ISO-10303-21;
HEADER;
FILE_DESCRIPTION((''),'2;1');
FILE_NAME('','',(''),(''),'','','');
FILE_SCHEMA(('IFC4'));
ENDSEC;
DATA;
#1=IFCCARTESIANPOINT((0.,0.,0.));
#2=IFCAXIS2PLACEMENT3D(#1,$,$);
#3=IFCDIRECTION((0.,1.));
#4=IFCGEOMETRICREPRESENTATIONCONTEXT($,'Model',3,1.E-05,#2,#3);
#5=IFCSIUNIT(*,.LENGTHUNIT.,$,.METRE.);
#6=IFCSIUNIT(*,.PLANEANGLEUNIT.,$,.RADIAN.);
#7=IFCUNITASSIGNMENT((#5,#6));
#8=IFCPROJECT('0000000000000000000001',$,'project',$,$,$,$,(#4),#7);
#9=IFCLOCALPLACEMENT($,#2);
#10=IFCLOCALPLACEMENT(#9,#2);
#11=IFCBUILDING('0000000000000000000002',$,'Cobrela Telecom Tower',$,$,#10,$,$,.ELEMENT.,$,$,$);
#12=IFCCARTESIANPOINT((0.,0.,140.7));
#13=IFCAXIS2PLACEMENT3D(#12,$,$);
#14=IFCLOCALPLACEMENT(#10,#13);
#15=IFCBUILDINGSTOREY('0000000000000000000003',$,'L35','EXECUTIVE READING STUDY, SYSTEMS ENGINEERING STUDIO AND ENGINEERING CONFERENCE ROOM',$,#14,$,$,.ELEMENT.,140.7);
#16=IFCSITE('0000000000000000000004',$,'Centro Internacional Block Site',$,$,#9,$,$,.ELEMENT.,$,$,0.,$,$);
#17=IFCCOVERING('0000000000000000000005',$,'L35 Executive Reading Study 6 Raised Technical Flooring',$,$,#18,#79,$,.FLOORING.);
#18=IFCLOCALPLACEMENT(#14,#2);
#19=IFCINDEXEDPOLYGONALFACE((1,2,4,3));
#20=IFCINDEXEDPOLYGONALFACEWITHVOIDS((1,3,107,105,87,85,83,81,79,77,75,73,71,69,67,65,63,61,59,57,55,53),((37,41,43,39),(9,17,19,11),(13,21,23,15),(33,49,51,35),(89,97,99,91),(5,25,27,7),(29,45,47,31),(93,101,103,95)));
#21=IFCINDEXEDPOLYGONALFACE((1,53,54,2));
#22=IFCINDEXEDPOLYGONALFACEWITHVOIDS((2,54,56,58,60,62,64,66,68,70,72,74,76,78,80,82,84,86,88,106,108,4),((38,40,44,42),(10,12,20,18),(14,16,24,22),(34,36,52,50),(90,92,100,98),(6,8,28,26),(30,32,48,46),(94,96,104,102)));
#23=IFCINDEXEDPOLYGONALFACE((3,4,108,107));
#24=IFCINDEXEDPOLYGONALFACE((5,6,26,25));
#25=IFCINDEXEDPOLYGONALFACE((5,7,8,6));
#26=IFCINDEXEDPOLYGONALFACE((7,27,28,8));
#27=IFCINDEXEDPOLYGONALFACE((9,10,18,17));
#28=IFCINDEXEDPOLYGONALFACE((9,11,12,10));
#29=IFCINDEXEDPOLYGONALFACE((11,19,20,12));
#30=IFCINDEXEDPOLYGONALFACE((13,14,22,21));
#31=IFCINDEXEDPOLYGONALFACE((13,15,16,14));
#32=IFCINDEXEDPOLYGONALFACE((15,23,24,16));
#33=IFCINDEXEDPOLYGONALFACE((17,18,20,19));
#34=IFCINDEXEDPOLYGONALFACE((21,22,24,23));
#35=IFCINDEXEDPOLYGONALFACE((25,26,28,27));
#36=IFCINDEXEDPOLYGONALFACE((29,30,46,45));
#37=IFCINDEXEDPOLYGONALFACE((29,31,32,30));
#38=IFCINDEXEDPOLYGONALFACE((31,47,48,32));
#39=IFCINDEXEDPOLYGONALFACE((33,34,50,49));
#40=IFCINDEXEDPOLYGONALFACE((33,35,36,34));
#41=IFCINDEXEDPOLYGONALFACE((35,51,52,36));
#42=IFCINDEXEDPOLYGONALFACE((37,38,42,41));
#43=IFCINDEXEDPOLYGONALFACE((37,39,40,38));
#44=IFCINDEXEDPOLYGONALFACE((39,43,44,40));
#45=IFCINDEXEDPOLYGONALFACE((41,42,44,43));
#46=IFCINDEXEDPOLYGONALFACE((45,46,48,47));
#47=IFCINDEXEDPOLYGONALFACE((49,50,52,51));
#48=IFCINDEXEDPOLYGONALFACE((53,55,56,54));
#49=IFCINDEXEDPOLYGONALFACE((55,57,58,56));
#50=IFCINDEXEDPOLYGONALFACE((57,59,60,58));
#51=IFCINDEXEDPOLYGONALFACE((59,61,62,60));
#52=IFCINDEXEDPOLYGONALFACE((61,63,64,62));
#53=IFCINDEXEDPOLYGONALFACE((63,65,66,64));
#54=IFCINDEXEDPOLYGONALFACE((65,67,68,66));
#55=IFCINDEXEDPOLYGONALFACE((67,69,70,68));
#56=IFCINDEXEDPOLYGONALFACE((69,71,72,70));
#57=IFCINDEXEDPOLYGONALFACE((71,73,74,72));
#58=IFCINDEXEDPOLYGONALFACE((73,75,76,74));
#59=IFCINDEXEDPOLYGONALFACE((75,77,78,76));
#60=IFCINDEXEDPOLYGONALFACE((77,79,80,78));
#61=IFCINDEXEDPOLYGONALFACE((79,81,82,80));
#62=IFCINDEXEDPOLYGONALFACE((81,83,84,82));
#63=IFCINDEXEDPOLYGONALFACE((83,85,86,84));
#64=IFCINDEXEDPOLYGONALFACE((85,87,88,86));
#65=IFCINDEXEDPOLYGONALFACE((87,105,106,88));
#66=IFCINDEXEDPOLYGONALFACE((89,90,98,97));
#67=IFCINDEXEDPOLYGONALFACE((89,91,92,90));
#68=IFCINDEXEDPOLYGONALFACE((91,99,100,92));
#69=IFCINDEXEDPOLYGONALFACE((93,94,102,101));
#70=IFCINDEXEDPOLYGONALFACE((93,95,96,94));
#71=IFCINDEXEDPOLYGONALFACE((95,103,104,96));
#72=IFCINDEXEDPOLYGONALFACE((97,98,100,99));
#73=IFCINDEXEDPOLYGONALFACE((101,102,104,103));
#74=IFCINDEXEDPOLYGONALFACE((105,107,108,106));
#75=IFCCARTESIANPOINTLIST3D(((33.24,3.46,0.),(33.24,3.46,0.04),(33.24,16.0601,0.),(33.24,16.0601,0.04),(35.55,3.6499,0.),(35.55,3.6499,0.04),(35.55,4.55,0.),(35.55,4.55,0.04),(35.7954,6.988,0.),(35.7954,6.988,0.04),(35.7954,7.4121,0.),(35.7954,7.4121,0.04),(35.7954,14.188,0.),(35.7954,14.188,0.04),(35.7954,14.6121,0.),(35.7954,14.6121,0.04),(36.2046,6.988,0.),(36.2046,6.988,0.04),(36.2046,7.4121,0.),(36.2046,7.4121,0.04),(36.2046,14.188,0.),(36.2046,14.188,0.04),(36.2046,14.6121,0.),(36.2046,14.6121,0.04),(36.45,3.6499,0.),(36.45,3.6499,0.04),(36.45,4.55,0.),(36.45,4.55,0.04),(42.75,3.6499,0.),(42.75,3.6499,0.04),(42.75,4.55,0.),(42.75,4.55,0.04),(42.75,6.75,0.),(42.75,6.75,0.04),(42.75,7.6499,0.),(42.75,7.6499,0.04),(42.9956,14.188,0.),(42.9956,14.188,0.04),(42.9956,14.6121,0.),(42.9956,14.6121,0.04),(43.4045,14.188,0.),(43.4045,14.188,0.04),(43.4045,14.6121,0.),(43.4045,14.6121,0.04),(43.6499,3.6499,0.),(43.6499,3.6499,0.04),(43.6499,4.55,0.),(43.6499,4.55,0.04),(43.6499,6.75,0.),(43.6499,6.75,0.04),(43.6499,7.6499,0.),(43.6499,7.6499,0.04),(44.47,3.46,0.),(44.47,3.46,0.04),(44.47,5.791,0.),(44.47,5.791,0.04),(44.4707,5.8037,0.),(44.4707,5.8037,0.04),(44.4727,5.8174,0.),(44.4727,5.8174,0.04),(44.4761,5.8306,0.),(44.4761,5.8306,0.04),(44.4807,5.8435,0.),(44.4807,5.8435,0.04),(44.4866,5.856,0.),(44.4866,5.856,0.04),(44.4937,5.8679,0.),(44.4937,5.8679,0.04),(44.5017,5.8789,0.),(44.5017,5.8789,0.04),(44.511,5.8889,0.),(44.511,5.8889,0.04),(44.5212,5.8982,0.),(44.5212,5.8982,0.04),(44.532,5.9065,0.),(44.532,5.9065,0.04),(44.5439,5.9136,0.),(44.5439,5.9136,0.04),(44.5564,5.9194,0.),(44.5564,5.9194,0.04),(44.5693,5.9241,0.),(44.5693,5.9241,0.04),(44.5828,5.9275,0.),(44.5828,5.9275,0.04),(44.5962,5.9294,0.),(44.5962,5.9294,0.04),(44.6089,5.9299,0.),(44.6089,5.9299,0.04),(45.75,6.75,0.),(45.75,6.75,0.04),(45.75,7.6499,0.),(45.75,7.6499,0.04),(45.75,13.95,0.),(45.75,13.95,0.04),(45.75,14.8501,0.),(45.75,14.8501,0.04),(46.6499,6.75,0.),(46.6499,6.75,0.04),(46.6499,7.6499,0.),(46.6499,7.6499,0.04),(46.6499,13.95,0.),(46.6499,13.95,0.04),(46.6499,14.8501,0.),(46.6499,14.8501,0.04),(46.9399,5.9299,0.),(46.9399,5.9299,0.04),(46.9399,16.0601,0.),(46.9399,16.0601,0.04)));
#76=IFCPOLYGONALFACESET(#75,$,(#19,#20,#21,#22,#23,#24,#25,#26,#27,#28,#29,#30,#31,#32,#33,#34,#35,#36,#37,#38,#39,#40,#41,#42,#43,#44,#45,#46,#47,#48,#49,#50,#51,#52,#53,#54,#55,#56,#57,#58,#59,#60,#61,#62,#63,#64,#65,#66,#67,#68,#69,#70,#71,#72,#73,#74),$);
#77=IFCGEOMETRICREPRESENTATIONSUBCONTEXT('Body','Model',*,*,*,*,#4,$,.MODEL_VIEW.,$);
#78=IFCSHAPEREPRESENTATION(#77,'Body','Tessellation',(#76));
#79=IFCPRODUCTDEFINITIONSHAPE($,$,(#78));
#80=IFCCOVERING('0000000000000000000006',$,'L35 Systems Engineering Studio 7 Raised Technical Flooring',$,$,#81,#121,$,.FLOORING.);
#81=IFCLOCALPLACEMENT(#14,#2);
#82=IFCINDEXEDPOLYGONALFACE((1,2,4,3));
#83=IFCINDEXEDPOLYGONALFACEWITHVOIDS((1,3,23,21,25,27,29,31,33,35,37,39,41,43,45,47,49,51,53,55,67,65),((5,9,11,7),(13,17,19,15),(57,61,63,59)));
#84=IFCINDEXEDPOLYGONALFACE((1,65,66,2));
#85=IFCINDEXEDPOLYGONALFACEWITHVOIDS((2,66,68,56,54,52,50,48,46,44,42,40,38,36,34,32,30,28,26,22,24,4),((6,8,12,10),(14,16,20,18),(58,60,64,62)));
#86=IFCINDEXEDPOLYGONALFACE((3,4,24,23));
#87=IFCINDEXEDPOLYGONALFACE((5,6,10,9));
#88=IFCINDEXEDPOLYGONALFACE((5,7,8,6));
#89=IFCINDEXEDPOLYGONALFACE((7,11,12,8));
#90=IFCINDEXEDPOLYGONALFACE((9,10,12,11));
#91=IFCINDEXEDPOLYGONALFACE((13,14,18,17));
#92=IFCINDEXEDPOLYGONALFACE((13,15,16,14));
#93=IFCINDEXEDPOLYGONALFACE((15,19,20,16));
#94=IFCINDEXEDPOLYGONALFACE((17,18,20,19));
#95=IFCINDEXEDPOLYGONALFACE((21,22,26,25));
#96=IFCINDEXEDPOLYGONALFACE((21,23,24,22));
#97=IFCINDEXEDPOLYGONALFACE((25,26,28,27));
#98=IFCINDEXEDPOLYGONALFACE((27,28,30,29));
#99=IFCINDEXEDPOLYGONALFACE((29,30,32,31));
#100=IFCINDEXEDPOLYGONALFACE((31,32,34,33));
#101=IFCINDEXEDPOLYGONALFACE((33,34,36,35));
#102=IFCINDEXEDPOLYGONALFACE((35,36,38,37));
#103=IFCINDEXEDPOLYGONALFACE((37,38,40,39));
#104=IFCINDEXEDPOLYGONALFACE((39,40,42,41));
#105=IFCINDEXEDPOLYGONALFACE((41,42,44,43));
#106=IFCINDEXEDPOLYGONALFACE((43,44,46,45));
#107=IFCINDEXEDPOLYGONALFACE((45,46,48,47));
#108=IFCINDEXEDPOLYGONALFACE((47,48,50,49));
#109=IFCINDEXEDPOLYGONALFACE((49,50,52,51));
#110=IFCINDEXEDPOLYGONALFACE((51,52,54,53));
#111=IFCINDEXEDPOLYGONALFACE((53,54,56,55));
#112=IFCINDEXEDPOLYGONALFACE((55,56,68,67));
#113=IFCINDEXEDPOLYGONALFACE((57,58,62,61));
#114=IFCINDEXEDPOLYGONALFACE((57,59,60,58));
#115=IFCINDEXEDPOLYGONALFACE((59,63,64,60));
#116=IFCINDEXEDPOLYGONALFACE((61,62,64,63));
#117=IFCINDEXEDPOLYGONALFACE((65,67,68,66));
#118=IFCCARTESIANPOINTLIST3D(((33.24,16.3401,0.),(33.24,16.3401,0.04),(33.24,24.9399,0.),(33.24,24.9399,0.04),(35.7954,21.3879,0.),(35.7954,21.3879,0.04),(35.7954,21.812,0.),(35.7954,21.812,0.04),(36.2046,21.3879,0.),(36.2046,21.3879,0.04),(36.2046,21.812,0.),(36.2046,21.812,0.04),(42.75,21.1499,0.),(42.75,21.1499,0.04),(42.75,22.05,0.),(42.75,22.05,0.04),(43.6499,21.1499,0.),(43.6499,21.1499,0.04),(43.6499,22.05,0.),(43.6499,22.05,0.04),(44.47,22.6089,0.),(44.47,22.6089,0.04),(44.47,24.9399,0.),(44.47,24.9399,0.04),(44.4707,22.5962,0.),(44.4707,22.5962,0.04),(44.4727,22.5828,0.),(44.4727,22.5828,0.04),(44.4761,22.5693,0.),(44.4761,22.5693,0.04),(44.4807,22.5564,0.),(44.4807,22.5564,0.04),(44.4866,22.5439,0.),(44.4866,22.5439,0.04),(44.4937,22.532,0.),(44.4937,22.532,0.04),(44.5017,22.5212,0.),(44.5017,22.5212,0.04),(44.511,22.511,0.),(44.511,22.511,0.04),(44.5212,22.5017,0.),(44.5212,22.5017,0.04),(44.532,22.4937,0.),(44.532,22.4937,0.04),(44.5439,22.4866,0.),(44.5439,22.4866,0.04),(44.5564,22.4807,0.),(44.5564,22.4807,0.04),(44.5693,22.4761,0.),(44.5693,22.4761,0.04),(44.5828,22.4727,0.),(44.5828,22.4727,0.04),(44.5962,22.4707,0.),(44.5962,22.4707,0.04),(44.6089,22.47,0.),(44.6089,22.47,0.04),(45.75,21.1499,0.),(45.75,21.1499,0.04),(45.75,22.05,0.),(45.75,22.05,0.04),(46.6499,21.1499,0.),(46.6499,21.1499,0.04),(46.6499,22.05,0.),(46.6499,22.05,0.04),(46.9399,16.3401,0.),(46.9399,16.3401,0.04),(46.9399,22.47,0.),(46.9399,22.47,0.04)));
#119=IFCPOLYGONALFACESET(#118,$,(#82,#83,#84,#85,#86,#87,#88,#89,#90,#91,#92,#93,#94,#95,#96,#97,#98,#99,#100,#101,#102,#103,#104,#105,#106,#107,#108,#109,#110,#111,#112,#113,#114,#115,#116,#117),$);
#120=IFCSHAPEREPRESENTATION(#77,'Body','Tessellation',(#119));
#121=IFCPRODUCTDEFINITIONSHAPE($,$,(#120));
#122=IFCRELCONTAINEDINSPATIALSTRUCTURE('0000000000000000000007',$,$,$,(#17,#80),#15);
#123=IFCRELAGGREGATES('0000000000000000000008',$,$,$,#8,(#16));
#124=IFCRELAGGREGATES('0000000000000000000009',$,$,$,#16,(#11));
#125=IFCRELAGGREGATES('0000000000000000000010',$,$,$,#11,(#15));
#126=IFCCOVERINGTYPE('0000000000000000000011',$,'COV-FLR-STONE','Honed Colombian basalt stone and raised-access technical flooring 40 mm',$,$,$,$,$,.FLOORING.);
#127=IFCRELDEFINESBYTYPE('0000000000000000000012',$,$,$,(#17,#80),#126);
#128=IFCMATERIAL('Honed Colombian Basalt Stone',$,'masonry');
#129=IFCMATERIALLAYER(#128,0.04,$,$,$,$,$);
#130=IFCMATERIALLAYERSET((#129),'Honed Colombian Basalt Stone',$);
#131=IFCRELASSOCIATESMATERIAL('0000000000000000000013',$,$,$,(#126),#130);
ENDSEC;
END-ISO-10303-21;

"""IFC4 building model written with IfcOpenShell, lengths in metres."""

from ifc_helpers import new_model, si_unit, direction, frame, origin, place, context, subcontext, project, spatial, polyline, outline, extrude, material, layer, layer_set, type_object, element, save


model = new_model("IFC4")

# Units and contexts
model_context = context("Model", 3, precision=1e-05, world=origin(), true_north=direction((0.0, 1.0)))
body_context = subcontext(model_context, "Body", "Model", "MODEL_VIEW")
ifc_project = project(units=[si_unit("LENGTHUNIT", "METRE"), si_unit("PLANEANGLEUNIT", "RADIAN")], contexts=[model_context])

# Site, building, storey
site_placement = place(None, origin())
site = spatial("IfcSite", under=ifc_project, at=site_placement, Name="Centro Internacional Block Site", CompositionType="ELEMENT", RefElevation=0.0)
building_placement = place(site_placement, origin())
building = spatial("IfcBuilding", under=site, at=building_placement, Name="Cobrela Telecom Tower", CompositionType="ELEMENT")
storey_placement = place(building_placement, frame((0.0, 0.0, 140.7)))
storey = spatial("IfcBuildingStorey", under=building, at=storey_placement, Name="L35", Description="EXECUTIVE READING STUDY, SYSTEMS ENGINEERING STUDIO AND ENGINEERING CONFERENCE ROOM", CompositionType="ELEMENT", Elevation=140.7)

# Coverings
ifc_material_1 = material(Name="Honed Colombian Basalt Stone", Category="masonry")
ifc_layer_1 = layer(ifc_material_1, 0.04)
ifc_layer_set_1 = layer_set([ifc_layer_1], Name="Honed Colombian Basalt Stone")
covering_type_1 = type_object("IfcCoveringType", Name="COV-FLR-STONE", Description="Honed Colombian basalt stone and raised-access technical flooring 40 mm", PredefinedType="FLOORING", material=ifc_layer_set_1)
covering_1_placement = place(storey_placement, origin())
element("IfcCovering", 1, at=covering_1_placement, inside=storey, type_object=covering_type_1, Name="L35 Executive Reading Study 6 Raised Technical Flooring", PredefinedType="FLOORING", context=body_context, shape_type="SweptSolid", body=[
    extrude(outline(polyline([(46.9399, 5.9299), (44.6089, 5.9299), (44.5962, 5.9294), (44.5828, 5.9275), (44.5693, 5.9241), (44.5564, 5.9194), (44.5439, 5.9136), (44.532, 5.9065), (44.5212, 5.8982), (44.511, 5.8889), (44.5017, 5.8789), (44.4937, 5.8679), (44.4866, 5.856), (44.4807, 5.8435), (44.4761, 5.8306), (44.4727, 5.8174), (44.4707, 5.8037), (44.47, 5.791), (44.47, 3.46), (33.24, 3.46), (33.24, 16.0601), (46.9399, 16.0601), (46.9399, 5.9299)]), holes=[polyline([(36.45, 3.6499), (36.45, 4.55), (35.55, 4.55), (35.55, 3.6499), (36.45, 3.6499)]), polyline([(43.6499, 3.6499), (43.6499, 4.55), (42.75, 4.55), (42.75, 3.6499), (43.6499, 3.6499)]), polyline([(36.2046, 6.988), (36.2046, 7.4121), (35.7954, 7.4121), (35.7954, 6.988), (36.2046, 6.988)]), polyline([(43.6499, 6.75), (43.6499, 7.6499), (42.75, 7.6499), (42.75, 6.75), (43.6499, 6.75)]), polyline([(46.6499, 6.75), (46.6499, 7.6499), (45.75, 7.6499), (45.75, 6.75), (46.6499, 6.75)]), polyline([(36.2046, 14.6121), (35.7954, 14.6121), (35.7954, 14.188), (36.2046, 14.188), (36.2046, 14.6121)]), polyline([(43.4045, 14.188), (43.4045, 14.6121), (42.9956, 14.6121), (42.9956, 14.188), (43.4045, 14.188)]), polyline([(46.6499, 13.95), (46.6499, 14.8501), (45.75, 14.8501), (45.75, 13.95), (46.6499, 13.95)])]), origin(), (0.0, 0.0, 1.0), 0.04),
])
covering_2_placement = place(storey_placement, origin())
element("IfcCovering", 2, at=covering_2_placement, inside=storey, type_object=covering_type_1, Name="L35 Systems Engineering Studio 7 Raised Technical Flooring", PredefinedType="FLOORING", context=body_context, shape_type="SweptSolid", body=[
    extrude(outline(polyline([(44.47, 24.9399), (44.47, 22.6089), (44.4707, 22.5962), (44.4727, 22.5828), (44.4761, 22.5693), (44.4807, 22.5564), (44.4866, 22.5439), (44.4937, 22.532), (44.5017, 22.5212), (44.511, 22.511), (44.5212, 22.5017), (44.532, 22.4937), (44.5439, 22.4866), (44.5564, 22.4807), (44.5693, 22.4761), (44.5828, 22.4727), (44.5962, 22.4707), (44.6089, 22.47), (46.9399, 22.47), (46.9399, 16.3401), (33.24, 16.3401), (33.24, 24.9399), (44.47, 24.9399)]), holes=[polyline([(36.2046, 21.3879), (36.2046, 21.812), (35.7954, 21.812), (35.7954, 21.3879), (36.2046, 21.3879)]), polyline([(43.6499, 21.1499), (43.6499, 22.05), (42.75, 22.05), (42.75, 21.1499), (43.6499, 21.1499)]), polyline([(46.6499, 21.1499), (46.6499, 22.05), (45.75, 22.05), (45.75, 21.1499), (46.6499, 21.1499)])]), origin(), (0.0, 0.0, 1.0), 0.04),
])

save(model, "model.ifc")
